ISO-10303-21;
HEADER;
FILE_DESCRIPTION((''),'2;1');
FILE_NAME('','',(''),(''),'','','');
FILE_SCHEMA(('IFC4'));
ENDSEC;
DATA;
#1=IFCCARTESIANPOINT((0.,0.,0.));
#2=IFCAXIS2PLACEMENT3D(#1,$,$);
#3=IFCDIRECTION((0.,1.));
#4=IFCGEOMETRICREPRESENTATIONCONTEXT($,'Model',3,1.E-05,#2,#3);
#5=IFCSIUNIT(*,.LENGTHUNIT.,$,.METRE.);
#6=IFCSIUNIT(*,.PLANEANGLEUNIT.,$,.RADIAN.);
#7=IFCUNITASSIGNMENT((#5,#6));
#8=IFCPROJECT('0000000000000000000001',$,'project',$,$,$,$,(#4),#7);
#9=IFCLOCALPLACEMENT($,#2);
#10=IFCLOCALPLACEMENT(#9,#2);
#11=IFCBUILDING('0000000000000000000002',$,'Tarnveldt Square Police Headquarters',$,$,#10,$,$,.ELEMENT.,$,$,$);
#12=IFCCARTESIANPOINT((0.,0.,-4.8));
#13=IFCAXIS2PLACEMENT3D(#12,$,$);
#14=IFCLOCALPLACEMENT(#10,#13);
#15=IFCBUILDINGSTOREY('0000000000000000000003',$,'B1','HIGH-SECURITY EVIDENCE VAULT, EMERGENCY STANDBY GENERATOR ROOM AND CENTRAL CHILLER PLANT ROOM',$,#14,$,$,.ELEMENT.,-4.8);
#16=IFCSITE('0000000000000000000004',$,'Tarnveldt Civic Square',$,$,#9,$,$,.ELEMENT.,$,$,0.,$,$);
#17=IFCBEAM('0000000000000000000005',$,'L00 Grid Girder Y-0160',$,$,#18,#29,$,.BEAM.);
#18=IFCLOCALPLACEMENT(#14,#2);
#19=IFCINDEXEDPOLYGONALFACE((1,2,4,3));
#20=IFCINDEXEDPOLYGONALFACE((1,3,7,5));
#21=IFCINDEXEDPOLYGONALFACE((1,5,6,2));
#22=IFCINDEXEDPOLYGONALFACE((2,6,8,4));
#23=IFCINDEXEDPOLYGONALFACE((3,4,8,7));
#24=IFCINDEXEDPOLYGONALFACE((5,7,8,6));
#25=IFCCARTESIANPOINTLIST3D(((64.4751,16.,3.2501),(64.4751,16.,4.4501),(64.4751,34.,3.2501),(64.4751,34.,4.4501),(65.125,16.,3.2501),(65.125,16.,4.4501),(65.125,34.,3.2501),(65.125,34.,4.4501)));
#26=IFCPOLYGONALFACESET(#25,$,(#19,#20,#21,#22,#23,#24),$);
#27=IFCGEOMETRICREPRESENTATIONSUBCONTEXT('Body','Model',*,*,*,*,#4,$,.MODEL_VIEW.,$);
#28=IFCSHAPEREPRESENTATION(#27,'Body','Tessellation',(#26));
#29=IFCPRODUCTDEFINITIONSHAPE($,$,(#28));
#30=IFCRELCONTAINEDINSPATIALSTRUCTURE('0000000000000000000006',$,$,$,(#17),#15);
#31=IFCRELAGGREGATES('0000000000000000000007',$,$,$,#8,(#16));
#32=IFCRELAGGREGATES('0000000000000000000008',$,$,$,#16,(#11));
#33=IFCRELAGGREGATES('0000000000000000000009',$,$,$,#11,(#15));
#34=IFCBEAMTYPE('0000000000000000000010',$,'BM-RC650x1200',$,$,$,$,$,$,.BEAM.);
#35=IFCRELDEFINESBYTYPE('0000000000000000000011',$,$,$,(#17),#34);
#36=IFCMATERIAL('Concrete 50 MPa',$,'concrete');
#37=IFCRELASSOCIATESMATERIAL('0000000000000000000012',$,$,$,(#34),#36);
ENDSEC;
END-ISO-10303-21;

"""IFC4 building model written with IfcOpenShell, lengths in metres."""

from ifc_helpers import new_model, si_unit, direction, frame, origin, origin_2d, place, context, subcontext, project, spatial, rectangle, extrude, material, material_profile, profile_set, type_object, element, save


model = new_model("IFC4")

# Units and contexts
model_context = context("Model", 3, precision=1e-05, world=origin(), true_north=direction((0.0, 1.0)))
body_context = subcontext(model_context, "Body", "Model", "MODEL_VIEW")
ifc_project = project(units=[si_unit("LENGTHUNIT", "METRE"), si_unit("PLANEANGLEUNIT", "RADIAN")], contexts=[model_context])

# Site, building, storey
site_placement = place(None, origin())
site = spatial("IfcSite", under=ifc_project, at=site_placement, Name="Tarnveldt Civic Square", CompositionType="ELEMENT", RefElevation=0.0)
building_placement = place(site_placement, origin())
building = spatial("IfcBuilding", under=site, at=building_placement, Name="Tarnveldt Square Police Headquarters", CompositionType="ELEMENT")
storey_placement = place(building_placement, frame((0.0, 0.0, -4.8)))
storey = spatial("IfcBuildingStorey", under=building, at=storey_placement, Name="B1", Description="HIGH-SECURITY EVIDENCE VAULT, EMERGENCY STANDBY GENERATOR ROOM AND CENTRAL CHILLER PLANT ROOM", CompositionType="ELEMENT", Elevation=-4.8)

# Shared definitions
ifc_material_1 = material(Name="Concrete 50 MPa", Category="concrete")

# Beam
ifc_material_profile_1 = material_profile(ifc_material_1, rectangle(XDim=0.6499, YDim=1.2, at=origin_2d()), Name="RC-B650x1200")
ifc_profile_set_1 = profile_set([ifc_material_profile_1], Name="Concrete 50 MPa")
beam_type_1 = type_object("IfcBeamType", Name="BM-RC650x1200", PredefinedType="BEAM", material=ifc_profile_set_1)
beam_1_placement = place(storey_placement, frame((64.8, 16.0, 3.8501), z_axis=(0.0, 1.0, 0.0), x_axis=(-1.0, 0.0, 0.0)))
element("IfcBeam", 1, at=beam_1_placement, inside=storey, type_object=beam_type_1, Name="L00 Grid Girder Y-0160", PredefinedType="BEAM", context=body_context, shape_type="SweptSolid", body=[
    extrude(rectangle(XDim=0.6499, YDim=1.2, at=origin_2d()), origin(), (0.0, 0.0, 1.0), 18.0),
])

save(model, "model.ifc")
